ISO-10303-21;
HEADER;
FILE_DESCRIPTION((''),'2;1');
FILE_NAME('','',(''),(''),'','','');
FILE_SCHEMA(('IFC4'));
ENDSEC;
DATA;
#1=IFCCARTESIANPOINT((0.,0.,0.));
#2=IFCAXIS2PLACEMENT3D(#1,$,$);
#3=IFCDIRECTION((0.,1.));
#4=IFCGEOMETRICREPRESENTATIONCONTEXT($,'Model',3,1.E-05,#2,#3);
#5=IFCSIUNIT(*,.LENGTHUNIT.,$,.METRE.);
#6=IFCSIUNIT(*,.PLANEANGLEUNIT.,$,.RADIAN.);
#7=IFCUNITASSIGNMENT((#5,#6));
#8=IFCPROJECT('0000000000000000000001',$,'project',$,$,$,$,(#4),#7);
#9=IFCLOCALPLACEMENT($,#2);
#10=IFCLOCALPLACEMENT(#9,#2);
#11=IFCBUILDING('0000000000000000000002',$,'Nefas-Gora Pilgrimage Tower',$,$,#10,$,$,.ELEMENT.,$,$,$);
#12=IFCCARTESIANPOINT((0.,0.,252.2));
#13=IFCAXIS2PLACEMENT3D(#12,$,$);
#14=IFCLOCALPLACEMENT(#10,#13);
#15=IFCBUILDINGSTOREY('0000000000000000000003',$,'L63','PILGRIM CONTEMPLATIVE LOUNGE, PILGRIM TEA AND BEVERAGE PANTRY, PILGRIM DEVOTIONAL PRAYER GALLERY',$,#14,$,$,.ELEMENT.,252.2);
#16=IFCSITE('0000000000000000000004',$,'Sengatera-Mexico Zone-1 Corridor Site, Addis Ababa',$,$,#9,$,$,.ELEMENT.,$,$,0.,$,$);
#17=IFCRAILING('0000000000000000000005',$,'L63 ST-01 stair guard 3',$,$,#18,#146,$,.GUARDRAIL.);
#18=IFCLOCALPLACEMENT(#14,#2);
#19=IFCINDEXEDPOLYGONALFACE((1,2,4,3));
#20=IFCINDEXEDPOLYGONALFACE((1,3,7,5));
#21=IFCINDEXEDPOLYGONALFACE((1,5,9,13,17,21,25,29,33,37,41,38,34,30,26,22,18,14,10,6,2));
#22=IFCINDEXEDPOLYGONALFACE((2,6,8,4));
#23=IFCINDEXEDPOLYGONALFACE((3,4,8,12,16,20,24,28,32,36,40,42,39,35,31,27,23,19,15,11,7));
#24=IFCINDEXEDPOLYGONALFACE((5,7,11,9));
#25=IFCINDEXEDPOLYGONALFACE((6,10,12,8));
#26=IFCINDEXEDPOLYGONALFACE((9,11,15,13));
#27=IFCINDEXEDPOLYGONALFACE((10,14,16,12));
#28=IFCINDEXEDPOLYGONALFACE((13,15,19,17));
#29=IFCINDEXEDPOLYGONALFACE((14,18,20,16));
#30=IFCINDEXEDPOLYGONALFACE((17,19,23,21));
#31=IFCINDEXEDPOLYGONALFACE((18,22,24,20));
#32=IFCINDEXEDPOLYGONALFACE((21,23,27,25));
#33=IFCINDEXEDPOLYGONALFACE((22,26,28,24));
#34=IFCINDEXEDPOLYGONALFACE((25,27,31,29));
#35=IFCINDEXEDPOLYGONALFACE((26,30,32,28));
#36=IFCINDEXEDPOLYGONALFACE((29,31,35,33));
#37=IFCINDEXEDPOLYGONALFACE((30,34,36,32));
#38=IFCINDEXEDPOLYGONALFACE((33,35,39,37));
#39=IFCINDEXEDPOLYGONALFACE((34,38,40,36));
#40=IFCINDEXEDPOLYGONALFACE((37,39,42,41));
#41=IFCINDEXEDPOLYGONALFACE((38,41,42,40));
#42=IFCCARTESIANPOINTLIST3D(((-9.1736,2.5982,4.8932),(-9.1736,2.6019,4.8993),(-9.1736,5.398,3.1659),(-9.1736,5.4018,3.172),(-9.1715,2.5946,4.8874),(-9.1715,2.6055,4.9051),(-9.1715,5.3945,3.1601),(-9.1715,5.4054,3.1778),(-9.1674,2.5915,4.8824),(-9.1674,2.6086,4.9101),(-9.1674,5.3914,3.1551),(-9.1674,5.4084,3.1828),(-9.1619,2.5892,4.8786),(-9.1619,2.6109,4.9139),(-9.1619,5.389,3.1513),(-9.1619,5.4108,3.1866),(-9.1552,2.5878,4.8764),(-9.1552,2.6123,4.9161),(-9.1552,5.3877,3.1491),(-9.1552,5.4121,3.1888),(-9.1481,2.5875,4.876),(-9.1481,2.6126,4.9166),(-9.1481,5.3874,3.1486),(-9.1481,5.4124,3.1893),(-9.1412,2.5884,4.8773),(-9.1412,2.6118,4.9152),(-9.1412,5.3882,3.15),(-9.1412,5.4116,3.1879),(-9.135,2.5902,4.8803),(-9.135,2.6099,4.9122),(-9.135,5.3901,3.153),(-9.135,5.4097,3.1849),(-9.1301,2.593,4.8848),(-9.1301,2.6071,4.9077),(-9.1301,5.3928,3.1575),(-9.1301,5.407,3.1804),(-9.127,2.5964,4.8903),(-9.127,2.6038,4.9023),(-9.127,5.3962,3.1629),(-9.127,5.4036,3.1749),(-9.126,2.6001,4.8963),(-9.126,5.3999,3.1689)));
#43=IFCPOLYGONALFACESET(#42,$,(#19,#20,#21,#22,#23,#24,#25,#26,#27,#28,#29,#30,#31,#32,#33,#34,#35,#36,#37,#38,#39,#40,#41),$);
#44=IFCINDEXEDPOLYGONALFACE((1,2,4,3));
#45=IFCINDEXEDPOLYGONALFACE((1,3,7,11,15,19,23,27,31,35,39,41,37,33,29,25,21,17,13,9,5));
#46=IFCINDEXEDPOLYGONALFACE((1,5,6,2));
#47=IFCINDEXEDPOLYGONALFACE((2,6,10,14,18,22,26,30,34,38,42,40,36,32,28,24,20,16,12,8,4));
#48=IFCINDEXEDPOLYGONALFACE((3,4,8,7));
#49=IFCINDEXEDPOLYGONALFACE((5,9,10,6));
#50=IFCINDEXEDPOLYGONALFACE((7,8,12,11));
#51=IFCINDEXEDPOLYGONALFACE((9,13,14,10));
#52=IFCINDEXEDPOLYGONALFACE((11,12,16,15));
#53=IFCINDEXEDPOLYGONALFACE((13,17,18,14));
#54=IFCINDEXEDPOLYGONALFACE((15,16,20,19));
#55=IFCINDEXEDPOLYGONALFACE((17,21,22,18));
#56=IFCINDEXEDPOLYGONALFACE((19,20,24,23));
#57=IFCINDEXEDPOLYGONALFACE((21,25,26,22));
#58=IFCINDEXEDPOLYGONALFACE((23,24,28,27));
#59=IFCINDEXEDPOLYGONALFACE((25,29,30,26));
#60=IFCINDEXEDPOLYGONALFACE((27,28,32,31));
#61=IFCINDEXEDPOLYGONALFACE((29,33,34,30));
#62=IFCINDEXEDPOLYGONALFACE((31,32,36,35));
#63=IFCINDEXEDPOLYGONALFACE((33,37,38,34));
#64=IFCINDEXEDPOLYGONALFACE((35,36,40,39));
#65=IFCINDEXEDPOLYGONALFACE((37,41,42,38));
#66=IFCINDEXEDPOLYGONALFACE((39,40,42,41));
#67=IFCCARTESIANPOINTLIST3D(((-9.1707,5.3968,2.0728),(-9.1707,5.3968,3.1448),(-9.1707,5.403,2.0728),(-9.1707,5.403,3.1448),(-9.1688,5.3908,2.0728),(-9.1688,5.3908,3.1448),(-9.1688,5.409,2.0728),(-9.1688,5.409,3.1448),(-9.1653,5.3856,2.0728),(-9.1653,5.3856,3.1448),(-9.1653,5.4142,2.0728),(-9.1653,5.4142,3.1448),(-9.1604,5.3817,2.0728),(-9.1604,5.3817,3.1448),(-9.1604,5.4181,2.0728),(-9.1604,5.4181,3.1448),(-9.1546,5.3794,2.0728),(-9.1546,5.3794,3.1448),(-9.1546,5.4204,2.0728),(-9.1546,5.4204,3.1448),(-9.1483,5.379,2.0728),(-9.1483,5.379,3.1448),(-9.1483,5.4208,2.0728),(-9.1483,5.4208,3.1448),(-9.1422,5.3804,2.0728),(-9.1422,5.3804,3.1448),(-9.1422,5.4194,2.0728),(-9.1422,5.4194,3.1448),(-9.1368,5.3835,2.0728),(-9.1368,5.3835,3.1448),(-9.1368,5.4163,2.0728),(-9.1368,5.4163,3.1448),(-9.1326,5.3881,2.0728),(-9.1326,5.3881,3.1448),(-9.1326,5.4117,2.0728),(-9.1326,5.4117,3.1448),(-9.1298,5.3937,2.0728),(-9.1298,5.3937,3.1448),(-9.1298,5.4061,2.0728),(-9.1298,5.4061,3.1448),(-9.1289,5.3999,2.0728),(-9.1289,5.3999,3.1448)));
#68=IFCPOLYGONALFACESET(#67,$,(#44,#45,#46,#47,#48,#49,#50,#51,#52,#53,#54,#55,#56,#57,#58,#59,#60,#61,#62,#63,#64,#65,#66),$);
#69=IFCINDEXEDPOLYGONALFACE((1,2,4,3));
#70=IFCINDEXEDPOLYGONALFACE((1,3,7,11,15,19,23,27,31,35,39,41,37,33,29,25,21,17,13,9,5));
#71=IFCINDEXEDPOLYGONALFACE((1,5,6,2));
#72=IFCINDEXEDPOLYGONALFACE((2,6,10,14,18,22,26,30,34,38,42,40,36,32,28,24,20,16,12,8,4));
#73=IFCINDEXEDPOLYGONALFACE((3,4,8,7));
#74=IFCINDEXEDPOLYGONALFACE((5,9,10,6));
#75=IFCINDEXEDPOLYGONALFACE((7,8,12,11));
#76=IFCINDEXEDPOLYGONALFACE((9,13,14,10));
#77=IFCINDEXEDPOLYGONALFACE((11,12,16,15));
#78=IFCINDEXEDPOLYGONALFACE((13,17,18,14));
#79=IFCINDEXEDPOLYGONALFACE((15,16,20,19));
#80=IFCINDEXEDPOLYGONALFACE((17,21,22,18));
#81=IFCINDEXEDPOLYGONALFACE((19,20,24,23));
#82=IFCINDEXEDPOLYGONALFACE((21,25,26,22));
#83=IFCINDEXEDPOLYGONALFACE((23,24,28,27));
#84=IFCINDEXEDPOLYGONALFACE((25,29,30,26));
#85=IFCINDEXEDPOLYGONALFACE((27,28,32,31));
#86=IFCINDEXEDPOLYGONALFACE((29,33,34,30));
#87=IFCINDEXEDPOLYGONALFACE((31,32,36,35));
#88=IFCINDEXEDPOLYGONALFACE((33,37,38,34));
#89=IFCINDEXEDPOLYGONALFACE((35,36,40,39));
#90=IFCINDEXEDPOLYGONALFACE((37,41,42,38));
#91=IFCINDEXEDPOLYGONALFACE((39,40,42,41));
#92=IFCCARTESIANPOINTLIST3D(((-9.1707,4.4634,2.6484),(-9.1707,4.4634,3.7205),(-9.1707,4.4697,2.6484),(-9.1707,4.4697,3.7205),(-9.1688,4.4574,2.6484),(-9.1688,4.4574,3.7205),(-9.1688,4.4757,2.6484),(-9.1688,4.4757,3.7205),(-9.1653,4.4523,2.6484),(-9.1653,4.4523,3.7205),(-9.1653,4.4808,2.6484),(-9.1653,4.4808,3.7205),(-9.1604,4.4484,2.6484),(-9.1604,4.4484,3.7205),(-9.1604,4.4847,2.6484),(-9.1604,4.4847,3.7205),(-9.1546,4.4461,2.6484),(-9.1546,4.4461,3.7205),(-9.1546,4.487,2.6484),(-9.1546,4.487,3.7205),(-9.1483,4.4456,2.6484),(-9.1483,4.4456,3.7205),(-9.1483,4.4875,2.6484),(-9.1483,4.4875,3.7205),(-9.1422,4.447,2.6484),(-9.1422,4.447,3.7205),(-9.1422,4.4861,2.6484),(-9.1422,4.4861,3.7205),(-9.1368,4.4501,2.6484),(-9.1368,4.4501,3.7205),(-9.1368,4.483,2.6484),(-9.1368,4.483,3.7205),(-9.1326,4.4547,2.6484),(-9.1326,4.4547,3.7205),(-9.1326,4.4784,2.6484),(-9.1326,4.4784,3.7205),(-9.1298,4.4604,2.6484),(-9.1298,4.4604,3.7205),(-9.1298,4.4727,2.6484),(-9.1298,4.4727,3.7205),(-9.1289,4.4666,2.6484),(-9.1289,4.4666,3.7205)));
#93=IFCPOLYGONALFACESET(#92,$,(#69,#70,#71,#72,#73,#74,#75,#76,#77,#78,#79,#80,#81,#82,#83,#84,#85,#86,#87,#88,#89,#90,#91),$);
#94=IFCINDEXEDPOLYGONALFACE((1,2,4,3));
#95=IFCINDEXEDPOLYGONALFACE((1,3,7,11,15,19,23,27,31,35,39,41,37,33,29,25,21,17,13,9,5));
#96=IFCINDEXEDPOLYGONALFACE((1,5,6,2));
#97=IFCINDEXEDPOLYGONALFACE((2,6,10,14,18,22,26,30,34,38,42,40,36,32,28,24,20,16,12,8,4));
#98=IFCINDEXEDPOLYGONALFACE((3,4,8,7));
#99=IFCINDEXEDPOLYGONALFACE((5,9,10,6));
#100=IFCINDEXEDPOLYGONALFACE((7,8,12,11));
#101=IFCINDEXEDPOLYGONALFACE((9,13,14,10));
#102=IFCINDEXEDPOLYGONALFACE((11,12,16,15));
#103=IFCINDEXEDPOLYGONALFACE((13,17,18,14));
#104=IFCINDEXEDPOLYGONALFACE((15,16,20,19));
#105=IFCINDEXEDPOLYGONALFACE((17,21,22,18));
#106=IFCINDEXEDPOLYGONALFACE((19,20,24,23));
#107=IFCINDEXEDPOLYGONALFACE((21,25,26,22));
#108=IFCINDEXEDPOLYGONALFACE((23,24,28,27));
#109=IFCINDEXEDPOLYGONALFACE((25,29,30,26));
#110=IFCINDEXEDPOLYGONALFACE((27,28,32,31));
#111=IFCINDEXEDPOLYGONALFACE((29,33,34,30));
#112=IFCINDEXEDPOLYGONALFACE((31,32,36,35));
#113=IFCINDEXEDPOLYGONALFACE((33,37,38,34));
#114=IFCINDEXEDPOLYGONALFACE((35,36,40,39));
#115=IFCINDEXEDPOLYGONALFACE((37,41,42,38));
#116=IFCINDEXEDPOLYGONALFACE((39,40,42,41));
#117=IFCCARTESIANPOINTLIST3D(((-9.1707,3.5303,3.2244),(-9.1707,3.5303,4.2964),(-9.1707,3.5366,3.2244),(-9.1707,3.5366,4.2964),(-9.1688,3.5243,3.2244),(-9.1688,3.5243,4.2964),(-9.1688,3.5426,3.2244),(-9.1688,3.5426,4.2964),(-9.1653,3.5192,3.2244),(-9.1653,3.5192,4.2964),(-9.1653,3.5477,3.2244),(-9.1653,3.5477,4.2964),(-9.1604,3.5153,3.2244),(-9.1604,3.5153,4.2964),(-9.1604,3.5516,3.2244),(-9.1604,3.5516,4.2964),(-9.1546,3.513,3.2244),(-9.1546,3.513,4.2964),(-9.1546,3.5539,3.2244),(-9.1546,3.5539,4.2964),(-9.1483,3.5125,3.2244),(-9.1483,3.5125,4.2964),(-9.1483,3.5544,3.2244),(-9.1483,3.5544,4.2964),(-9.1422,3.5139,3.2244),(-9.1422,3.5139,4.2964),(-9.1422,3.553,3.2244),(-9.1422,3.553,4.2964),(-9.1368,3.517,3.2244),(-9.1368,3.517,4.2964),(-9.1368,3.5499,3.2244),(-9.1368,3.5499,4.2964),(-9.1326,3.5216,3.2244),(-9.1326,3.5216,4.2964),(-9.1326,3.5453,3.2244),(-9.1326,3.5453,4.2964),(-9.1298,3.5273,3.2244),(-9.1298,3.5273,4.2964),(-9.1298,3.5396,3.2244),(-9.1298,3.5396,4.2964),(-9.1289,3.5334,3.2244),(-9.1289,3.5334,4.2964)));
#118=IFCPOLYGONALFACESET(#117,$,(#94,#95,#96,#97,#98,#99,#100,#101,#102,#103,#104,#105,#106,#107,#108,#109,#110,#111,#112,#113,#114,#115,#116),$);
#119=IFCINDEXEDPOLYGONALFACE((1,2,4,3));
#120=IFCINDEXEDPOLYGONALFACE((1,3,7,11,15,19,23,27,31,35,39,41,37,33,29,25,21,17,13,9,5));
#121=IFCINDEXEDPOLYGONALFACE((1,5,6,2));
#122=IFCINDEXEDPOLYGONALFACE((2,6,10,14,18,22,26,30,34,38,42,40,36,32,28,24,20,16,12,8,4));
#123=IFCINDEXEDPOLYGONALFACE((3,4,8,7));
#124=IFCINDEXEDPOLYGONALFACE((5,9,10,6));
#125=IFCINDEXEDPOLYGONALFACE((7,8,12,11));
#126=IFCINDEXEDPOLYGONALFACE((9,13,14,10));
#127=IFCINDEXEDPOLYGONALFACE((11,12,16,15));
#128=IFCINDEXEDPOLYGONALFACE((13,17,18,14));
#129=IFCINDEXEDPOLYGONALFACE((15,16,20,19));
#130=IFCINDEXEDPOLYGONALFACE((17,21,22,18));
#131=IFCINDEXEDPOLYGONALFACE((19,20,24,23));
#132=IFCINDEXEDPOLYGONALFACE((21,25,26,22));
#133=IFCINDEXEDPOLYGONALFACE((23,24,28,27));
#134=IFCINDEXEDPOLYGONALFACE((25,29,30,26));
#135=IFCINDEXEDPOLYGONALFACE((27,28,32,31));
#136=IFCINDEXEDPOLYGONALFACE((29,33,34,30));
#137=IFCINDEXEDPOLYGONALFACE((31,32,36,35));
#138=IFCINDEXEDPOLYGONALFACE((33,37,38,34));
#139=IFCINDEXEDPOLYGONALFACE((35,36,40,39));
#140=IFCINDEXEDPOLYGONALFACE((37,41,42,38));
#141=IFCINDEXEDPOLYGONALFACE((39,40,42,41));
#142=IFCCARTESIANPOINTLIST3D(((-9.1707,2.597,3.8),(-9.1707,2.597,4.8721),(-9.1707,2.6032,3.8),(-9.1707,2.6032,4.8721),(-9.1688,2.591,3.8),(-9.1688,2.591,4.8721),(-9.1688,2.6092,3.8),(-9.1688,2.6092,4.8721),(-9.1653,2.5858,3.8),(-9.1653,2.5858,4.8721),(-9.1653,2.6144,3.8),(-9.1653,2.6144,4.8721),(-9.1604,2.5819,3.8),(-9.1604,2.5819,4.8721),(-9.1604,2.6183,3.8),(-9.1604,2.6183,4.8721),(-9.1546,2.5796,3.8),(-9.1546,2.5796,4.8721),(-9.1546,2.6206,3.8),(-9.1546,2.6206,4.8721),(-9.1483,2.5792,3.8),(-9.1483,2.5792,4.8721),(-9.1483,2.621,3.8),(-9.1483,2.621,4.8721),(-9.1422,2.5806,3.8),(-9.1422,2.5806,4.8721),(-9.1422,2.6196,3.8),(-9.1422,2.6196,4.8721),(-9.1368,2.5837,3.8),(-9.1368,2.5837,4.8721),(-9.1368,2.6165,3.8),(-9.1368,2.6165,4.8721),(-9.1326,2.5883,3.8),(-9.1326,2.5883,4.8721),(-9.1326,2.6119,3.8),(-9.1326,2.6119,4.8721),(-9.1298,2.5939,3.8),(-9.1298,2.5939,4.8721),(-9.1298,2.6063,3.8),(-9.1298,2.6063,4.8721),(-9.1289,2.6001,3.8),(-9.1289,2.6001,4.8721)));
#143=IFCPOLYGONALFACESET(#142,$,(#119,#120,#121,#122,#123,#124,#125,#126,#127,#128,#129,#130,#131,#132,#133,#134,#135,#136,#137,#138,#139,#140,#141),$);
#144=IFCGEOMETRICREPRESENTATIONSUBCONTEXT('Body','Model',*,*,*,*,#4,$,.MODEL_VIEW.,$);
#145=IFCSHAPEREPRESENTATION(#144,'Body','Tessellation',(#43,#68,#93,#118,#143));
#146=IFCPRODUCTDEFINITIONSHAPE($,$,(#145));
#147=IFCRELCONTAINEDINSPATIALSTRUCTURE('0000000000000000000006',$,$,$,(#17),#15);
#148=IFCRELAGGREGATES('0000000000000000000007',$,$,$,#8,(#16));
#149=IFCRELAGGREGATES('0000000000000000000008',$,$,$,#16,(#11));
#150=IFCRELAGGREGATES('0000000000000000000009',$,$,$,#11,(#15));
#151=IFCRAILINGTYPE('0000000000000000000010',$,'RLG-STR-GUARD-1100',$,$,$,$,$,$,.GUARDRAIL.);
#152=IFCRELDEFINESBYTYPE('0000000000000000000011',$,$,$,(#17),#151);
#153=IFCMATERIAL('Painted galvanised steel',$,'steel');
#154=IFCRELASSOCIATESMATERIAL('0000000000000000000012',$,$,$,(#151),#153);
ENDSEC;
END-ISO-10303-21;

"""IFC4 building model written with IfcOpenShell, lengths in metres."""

from ifc_helpers import new_model, si_unit, direction, frame, origin, origin_2d, place, context, subcontext, project, spatial, circle, extrude, material, type_object, element, save


model = new_model("IFC4")

# Units and contexts
model_context = context("Model", 3, precision=1e-05, world=origin(), true_north=direction((0.0, 1.0)))
body_context = subcontext(model_context, "Body", "Model", "MODEL_VIEW")
ifc_project = project(units=[si_unit("LENGTHUNIT", "METRE"), si_unit("PLANEANGLEUNIT", "RADIAN")], contexts=[model_context])

# Site, building, storey
site_placement = place(None, origin())
site = spatial("IfcSite", under=ifc_project, at=site_placement, Name="Sengatera-Mexico Zone-1 Corridor Site, Addis Ababa", CompositionType="ELEMENT", RefElevation=0.0)
building_placement = place(site_placement, origin())
building = spatial("IfcBuilding", under=site, at=building_placement, Name="Nefas-Gora Pilgrimage Tower", CompositionType="ELEMENT")
storey_placement = place(building_placement, frame((0.0, 0.0, 252.2)))
storey = spatial("IfcBuildingStorey", under=building, at=storey_placement, Name="L63", Description="PILGRIM CONTEMPLATIVE LOUNGE, PILGRIM TEA AND BEVERAGE PANTRY, PILGRIM DEVOTIONAL PRAYER GALLERY", CompositionType="ELEMENT", Elevation=252.2)

# Railing
ifc_material_1 = material(Name="Painted galvanised steel", Category="steel")
railing_type_1 = type_object("IfcRailingType", Name="RLG-STR-GUARD-1100", PredefinedType="GUARDRAIL", material=ifc_material_1)
railing_1_placement = place(storey_placement, frame((-9.1499, 5.3999, 2.0728)))
element("IfcRailing", 1, at=railing_1_placement, inside=storey, type_object=railing_type_1, Name="L63 ST-01 stair guard 3", PredefinedType="GUARDRAIL", context=body_context, shape_type="SweptSolid", body=[
    extrude(circle(Radius=0.0239, at=origin_2d()), frame((0.0, 0.0, 1.0962), z_axis=(0.0, -0.851069, 0.525054), x_axis=(1.0, 0.0, 0.0)), (0.0, 0.0, 1.0), 3.2898),
    extrude(circle(Radius=0.021, at=origin_2d()), origin(), (0.0, 0.0, 1.0), 1.072),
    extrude(circle(Radius=0.021, at=origin_2d()), frame((0.0, -0.9333, 0.5757)), (0.0, 0.0, 1.0), 1.072),
    extrude(circle(Radius=0.021, at=origin_2d()), frame((0.0, -1.8665, 1.1516)), (0.0, 0.0, 1.0), 1.072),
    extrude(circle(Radius=0.021, at=origin_2d()), frame((0.0, -2.7998, 1.7273)), (0.0, 0.0, 1.0), 1.072),
])

save(model, "model.ifc")
